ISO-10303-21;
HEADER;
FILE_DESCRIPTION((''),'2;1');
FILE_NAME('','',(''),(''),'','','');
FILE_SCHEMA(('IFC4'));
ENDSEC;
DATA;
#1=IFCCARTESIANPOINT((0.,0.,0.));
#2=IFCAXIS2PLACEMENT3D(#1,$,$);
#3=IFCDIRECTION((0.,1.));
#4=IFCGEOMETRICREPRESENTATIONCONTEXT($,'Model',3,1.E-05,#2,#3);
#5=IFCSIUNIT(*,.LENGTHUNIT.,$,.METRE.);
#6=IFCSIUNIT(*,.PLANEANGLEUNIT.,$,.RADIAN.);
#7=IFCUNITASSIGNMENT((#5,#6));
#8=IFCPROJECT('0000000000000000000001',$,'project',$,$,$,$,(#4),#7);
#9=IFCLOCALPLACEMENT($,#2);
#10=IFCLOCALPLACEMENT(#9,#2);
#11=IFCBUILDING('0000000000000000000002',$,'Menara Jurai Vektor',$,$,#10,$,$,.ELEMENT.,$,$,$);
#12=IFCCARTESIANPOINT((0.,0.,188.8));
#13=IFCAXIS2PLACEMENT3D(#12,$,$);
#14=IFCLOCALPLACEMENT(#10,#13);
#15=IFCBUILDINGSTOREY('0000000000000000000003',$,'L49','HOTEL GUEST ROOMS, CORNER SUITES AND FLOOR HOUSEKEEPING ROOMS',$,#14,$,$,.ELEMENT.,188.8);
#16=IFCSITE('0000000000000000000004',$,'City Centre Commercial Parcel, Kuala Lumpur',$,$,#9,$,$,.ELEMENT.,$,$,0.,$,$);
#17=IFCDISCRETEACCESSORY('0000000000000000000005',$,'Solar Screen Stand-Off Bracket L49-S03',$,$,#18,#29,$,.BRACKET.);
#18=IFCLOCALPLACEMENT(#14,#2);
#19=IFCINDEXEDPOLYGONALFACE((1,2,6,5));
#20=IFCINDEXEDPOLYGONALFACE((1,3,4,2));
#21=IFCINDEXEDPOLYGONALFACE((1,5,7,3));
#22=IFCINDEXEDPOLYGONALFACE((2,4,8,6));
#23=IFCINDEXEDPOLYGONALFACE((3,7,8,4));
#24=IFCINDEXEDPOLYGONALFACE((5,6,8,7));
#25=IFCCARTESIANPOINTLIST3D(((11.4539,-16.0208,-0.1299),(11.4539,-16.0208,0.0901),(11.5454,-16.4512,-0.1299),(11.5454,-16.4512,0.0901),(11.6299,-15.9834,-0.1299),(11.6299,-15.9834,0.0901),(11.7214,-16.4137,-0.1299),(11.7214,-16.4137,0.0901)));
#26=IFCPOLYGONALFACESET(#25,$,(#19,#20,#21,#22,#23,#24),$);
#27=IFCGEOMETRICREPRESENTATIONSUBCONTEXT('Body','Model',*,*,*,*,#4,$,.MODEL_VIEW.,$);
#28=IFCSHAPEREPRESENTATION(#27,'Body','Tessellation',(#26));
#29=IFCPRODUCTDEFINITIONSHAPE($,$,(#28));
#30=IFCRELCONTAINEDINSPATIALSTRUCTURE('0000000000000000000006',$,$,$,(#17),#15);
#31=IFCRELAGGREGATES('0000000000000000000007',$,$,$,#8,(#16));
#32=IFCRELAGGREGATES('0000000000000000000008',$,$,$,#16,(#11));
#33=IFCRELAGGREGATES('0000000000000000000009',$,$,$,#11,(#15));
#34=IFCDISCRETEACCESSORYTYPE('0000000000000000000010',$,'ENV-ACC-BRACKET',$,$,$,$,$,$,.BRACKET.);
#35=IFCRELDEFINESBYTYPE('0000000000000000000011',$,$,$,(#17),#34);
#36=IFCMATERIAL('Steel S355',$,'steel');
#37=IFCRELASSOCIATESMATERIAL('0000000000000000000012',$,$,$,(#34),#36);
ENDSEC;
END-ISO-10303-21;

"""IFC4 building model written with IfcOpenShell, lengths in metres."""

from ifc_helpers import new_model, si_unit, direction, frame, origin, origin_2d, place, context, subcontext, project, spatial, rectangle, extrude, material, type_object, element, save


model = new_model("IFC4")

# Units and contexts
model_context = context("Model", 3, precision=1e-05, world=origin(), true_north=direction((0.0, 1.0)))
body_context = subcontext(model_context, "Body", "Model", "MODEL_VIEW")
ifc_project = project(units=[si_unit("LENGTHUNIT", "METRE"), si_unit("PLANEANGLEUNIT", "RADIAN")], contexts=[model_context])

# Site, building, storey
site_placement = place(None, origin())
site = spatial("IfcSite", under=ifc_project, at=site_placement, Name="City Centre Commercial Parcel, Kuala Lumpur", CompositionType="ELEMENT", RefElevation=0.0)
building_placement = place(site_placement, origin())
building = spatial("IfcBuilding", under=site, at=building_placement, Name="Menara Jurai Vektor", CompositionType="ELEMENT")
storey_placement = place(building_placement, frame((0.0, 0.0, 188.8)))
storey = spatial("IfcBuildingStorey", under=building, at=storey_placement, Name="L49", Description="HOTEL GUEST ROOMS, CORNER SUITES AND FLOOR HOUSEKEEPING ROOMS", CompositionType="ELEMENT", Elevation=188.8)

# Shared definitions
ifc_material_1 = material(Name="Steel S355", Category="steel")

# Discrete accessory
discrete_accessory_type = type_object("IfcDiscreteAccessoryType", Name="ENV-ACC-BRACKET", PredefinedType="BRACKET", material=ifc_material_1)
discrete_accessory_placement = place(storey_placement, frame((11.5876, -16.2173, -0.1299), z_axis=(0.0, 0.0, 1.0), x_axis=(0.978148, 0.207912, 0.0)))
element("IfcDiscreteAccessory", 1, at=discrete_accessory_placement, inside=storey, type_object=discrete_accessory_type, Name="Solar Screen Stand-Off Bracket L49-S03", PredefinedType="BRACKET", context=body_context, shape_type="SweptSolid", body=[
    extrude(rectangle(XDim=0.1799, YDim=0.4399, at=origin_2d()), origin(), (0.0, 0.0, 1.0), 0.22),
])

save(model, "model.ifc")
